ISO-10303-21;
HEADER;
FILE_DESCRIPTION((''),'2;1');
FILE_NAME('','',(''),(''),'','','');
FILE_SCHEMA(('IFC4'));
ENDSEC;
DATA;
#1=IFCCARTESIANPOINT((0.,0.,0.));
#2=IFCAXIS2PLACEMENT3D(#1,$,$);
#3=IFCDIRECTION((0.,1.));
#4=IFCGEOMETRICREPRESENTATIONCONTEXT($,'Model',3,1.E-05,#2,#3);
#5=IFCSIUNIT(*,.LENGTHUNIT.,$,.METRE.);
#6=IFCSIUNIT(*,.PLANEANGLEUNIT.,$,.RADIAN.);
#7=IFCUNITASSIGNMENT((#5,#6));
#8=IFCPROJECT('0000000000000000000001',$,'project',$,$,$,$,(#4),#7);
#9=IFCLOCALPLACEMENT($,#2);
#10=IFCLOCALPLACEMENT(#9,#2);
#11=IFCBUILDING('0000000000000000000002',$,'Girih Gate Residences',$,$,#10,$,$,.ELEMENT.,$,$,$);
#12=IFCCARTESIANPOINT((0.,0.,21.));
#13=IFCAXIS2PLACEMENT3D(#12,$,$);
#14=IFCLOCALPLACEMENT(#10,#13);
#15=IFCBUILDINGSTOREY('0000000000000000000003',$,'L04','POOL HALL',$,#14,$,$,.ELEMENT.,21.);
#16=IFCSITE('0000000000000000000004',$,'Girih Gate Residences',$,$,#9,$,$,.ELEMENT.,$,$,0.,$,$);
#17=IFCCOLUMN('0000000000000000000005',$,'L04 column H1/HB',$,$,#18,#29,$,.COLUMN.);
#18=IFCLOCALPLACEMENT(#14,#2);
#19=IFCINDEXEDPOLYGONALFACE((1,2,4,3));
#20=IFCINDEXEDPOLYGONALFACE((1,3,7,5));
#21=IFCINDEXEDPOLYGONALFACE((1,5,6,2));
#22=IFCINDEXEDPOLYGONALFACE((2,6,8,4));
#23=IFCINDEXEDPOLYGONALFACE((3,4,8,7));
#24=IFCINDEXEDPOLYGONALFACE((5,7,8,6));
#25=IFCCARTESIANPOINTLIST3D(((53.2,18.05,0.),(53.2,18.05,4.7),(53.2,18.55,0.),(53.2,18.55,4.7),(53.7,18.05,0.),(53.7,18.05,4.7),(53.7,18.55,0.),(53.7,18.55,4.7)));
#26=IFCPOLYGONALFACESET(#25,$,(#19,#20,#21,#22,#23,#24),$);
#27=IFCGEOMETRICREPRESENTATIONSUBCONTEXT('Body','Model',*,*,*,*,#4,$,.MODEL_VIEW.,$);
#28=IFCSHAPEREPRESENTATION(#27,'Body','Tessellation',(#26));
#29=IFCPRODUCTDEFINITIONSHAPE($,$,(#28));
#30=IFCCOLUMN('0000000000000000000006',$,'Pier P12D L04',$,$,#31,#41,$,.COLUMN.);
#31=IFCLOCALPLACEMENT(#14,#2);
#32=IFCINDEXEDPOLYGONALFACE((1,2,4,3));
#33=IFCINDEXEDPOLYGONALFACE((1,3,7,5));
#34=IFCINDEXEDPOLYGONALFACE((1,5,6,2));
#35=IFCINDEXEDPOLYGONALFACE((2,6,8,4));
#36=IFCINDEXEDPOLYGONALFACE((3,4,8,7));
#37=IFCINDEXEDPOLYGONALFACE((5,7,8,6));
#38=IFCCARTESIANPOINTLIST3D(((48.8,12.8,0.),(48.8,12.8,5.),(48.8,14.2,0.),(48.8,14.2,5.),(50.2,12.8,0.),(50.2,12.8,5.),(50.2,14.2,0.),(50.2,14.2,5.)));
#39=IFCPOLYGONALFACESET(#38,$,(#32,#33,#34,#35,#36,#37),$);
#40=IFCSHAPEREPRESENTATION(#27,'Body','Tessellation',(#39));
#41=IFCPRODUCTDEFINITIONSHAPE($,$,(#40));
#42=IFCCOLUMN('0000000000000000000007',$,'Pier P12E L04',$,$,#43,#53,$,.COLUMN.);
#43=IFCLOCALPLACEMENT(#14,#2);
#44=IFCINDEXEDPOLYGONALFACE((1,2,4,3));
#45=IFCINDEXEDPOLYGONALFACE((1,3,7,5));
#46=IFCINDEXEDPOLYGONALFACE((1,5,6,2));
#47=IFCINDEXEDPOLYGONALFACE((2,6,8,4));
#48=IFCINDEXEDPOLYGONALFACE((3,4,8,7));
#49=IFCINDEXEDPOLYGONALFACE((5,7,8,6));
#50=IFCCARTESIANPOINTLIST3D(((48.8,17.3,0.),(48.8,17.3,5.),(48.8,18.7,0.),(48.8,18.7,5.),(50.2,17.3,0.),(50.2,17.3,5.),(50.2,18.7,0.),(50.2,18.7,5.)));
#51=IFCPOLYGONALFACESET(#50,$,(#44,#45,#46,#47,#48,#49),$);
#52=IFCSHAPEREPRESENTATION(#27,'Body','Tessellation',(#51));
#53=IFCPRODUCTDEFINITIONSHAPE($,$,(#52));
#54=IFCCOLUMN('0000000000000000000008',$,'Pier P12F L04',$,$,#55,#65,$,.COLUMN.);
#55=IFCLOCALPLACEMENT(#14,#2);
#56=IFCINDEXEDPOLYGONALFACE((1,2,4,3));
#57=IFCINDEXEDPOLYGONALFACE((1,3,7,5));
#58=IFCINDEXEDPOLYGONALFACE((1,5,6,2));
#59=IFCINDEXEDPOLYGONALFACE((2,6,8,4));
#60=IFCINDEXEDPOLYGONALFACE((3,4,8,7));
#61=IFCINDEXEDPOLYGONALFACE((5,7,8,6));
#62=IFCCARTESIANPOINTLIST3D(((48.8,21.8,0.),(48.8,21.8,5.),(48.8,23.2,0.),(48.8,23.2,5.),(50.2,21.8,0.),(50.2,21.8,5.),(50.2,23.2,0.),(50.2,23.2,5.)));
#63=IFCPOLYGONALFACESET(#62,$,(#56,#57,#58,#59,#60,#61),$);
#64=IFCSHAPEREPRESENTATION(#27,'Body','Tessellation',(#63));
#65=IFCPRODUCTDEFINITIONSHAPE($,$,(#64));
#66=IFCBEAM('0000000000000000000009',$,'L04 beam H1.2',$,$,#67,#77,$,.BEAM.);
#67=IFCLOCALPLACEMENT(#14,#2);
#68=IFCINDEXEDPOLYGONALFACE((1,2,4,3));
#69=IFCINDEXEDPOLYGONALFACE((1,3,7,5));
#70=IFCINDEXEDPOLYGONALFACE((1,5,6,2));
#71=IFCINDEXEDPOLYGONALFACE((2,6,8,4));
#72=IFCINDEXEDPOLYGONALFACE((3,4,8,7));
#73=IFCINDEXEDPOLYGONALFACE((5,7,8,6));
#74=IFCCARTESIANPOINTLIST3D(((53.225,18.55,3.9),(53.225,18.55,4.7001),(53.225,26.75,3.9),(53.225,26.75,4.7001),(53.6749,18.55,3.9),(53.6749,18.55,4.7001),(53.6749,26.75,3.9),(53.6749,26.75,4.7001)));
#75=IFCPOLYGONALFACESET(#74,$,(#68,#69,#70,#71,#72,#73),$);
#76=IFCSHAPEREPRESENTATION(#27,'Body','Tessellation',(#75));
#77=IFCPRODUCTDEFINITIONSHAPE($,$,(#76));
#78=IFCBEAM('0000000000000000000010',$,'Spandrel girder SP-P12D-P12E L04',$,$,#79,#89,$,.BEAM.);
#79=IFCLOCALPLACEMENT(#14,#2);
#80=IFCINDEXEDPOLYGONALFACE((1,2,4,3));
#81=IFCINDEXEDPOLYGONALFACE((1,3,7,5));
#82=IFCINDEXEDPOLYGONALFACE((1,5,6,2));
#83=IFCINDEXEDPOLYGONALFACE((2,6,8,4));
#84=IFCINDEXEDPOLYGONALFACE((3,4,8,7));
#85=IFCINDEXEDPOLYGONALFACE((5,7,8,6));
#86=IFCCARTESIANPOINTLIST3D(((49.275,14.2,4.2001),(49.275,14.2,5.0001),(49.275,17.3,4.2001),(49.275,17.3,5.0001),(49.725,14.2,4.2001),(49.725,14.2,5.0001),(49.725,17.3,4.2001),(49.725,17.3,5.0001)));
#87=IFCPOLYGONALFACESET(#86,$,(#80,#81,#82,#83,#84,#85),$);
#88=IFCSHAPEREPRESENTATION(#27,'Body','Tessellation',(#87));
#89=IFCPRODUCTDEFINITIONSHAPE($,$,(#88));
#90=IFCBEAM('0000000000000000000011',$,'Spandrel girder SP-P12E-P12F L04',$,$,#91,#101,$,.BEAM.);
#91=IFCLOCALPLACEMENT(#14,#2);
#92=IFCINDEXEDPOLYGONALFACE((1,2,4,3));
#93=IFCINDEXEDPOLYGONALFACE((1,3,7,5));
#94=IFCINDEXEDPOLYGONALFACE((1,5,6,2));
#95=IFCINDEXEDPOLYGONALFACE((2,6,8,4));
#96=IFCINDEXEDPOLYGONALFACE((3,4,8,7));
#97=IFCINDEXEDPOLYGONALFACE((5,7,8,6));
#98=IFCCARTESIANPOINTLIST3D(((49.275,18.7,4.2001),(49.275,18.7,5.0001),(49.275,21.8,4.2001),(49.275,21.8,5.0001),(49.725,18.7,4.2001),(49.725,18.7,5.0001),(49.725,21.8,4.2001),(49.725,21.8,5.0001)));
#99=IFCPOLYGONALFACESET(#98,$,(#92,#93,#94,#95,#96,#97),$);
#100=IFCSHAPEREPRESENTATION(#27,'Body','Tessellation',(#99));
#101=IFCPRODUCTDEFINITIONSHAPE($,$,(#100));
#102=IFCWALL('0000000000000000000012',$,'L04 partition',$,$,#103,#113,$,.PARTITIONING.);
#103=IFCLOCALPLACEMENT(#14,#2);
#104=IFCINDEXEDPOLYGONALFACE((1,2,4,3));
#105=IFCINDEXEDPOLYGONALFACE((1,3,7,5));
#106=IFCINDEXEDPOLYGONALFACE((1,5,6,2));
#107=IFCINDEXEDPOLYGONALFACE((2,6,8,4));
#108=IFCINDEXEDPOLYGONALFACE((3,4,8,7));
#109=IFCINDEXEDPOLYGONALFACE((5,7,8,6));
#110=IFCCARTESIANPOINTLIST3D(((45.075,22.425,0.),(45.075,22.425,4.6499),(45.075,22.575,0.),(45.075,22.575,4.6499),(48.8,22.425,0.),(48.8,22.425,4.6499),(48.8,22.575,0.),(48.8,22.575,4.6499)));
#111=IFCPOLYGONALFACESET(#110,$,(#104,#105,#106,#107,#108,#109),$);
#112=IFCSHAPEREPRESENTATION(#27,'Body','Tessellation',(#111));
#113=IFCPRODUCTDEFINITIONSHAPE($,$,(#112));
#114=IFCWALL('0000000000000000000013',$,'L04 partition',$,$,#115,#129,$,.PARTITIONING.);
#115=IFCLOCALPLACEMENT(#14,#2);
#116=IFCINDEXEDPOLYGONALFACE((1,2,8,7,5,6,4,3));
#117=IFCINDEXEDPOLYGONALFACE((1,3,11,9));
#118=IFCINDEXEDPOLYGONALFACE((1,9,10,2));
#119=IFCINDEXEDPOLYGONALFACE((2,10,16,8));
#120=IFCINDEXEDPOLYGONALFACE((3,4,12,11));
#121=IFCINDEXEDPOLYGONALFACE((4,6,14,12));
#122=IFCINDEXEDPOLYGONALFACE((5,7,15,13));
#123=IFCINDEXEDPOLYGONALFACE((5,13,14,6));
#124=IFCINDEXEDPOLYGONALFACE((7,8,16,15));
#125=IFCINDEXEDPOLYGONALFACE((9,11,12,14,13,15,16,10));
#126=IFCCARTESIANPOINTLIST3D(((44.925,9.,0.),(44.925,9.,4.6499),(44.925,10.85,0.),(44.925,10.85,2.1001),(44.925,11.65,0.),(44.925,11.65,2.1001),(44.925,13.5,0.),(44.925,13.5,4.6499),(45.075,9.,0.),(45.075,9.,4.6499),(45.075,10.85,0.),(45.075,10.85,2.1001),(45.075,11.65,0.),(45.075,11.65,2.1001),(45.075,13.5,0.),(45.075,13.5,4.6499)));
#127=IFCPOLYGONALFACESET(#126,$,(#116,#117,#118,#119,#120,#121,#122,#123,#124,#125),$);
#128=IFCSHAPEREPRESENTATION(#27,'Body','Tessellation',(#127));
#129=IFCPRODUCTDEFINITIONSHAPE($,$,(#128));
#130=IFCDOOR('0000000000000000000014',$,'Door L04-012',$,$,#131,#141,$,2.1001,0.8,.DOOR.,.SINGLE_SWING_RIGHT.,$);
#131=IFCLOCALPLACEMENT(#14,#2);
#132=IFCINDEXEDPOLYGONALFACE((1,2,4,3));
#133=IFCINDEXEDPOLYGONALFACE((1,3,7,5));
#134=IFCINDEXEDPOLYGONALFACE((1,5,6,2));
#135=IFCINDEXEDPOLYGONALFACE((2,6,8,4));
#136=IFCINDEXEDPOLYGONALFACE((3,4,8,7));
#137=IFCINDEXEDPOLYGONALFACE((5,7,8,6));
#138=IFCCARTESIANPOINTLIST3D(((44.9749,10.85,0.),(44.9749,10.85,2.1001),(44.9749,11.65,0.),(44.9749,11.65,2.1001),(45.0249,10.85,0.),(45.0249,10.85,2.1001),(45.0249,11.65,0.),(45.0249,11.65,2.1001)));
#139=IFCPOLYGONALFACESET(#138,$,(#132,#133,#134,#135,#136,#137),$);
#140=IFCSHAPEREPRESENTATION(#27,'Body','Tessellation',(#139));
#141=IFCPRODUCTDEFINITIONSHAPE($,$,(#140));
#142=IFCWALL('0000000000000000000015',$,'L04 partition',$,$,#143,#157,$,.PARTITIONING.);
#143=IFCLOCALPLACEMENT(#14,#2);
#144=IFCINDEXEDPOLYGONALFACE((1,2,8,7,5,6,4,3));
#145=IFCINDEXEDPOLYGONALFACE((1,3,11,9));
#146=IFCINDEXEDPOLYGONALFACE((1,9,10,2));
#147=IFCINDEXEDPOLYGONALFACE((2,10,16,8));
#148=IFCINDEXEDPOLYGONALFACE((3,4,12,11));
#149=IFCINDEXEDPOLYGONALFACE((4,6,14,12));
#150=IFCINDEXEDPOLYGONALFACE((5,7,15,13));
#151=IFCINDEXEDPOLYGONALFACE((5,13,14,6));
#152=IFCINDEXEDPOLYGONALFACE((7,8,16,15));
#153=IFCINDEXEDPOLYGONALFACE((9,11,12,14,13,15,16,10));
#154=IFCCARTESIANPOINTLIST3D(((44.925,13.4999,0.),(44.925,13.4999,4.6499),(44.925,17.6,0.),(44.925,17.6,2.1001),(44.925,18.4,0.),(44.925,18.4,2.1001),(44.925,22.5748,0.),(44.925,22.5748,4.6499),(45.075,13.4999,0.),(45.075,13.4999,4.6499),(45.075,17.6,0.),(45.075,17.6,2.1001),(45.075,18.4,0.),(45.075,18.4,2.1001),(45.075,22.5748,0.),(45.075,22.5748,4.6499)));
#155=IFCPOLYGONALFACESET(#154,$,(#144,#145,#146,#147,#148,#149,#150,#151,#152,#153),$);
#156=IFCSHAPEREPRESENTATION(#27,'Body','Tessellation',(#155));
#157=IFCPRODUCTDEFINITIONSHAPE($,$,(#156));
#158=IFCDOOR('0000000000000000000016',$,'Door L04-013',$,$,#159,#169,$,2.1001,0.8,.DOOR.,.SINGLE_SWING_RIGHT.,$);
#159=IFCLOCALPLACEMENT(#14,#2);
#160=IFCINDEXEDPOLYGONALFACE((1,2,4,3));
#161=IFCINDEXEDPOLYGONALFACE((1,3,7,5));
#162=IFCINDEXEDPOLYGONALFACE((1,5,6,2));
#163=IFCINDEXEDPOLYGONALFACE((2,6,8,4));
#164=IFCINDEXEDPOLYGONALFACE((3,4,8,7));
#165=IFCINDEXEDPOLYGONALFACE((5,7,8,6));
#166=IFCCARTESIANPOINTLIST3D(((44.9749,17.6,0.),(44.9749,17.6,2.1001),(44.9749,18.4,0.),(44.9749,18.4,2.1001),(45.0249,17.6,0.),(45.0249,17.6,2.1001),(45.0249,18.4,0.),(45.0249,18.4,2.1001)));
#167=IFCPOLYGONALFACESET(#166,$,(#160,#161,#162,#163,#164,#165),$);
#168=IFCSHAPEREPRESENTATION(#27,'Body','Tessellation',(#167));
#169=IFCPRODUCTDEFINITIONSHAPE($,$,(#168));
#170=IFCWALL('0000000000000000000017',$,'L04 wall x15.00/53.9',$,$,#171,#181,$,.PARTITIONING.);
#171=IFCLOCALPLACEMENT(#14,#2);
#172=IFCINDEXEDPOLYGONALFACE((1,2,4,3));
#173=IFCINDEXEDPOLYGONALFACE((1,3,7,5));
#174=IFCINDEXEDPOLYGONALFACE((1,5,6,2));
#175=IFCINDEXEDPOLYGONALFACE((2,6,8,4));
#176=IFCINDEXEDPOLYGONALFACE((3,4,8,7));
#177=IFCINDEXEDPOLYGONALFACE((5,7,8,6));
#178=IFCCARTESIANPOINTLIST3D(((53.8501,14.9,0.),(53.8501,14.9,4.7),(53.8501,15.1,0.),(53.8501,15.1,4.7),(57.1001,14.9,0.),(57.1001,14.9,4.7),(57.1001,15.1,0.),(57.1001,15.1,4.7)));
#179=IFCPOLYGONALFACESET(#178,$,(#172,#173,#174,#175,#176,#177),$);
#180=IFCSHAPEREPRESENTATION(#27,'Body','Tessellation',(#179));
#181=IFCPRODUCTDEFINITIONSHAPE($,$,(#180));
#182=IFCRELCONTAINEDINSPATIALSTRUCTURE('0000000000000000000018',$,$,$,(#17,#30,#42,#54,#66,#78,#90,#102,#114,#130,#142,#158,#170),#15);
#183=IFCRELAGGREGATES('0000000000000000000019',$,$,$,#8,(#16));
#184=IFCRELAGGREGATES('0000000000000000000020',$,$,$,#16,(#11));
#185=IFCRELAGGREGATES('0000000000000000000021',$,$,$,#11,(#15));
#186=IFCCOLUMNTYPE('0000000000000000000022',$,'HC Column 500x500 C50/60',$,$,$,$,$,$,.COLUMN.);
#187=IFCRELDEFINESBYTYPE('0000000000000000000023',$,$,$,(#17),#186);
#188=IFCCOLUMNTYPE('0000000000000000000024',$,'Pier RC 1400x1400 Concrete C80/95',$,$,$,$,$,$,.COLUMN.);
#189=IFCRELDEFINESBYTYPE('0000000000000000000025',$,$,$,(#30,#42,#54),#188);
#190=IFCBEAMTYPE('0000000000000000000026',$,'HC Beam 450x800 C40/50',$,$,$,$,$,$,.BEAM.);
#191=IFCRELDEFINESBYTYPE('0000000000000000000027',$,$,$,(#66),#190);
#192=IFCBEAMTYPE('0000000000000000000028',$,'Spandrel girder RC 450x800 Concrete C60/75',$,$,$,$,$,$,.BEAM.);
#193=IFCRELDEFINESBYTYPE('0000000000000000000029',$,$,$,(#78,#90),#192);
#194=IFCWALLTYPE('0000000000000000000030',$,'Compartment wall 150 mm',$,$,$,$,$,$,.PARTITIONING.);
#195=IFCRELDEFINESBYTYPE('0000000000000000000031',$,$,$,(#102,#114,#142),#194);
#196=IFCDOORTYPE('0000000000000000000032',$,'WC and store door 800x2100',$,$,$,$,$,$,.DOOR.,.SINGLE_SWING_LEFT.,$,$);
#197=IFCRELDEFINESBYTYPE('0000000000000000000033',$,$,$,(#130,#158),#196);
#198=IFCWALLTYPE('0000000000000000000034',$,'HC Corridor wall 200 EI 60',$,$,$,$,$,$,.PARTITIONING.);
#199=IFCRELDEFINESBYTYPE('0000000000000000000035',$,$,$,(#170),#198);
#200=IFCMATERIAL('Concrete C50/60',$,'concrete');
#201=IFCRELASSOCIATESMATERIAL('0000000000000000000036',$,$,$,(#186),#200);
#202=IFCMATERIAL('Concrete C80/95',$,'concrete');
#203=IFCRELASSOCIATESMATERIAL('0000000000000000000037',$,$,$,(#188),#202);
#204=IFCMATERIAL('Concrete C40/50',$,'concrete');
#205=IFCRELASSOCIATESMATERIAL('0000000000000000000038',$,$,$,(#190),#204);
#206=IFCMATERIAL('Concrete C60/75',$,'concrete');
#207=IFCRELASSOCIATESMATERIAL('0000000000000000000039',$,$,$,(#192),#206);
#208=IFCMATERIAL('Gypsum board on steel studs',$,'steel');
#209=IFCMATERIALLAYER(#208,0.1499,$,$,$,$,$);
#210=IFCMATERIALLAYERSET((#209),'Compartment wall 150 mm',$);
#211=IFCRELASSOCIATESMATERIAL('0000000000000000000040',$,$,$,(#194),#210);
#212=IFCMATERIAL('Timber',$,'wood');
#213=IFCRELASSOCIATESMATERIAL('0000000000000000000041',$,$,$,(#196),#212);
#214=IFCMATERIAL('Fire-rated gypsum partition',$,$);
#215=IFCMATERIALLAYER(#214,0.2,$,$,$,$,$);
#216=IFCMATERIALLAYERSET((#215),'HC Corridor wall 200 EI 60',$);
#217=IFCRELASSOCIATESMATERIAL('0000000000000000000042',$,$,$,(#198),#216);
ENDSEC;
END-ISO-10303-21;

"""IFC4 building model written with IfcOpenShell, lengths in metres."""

from ifc_helpers import new_model, si_unit, direction, frame, frame_2d, origin, origin_2d, place, context, subcontext, project, spatial, rectangle, extrude, material, layer, layer_set, material_profile, profile_set, type_object, element, fill, save


model = new_model("IFC4")

# Units and contexts
model_context = context("Model", 3, precision=1e-05, world=origin(), true_north=direction((0.0, 1.0)))
body_context = subcontext(model_context, "Body", "Model", "MODEL_VIEW")
ifc_project = project(units=[si_unit("LENGTHUNIT", "METRE"), si_unit("PLANEANGLEUNIT", "RADIAN")], contexts=[model_context])

# Site, building, storey
site_placement = place(None, origin())
site = spatial("IfcSite", under=ifc_project, at=site_placement, Name="Girih Gate Residences", CompositionType="ELEMENT", RefElevation=0.0)
building_placement = place(site_placement, origin())
building = spatial("IfcBuilding", under=site, at=building_placement, Name="Girih Gate Residences", CompositionType="ELEMENT")
storey_placement = place(building_placement, frame((0.0, 0.0, 21.0)))
storey = spatial("IfcBuildingStorey", under=building, at=storey_placement, Name="L04", Description="POOL HALL", CompositionType="ELEMENT", Elevation=21.0)

# Columns
ifc_material_1 = material(Name="Concrete C50/60", Category="concrete")
ifc_material_profile_1 = material_profile(ifc_material_1, rectangle(XDim=0.5, YDim=0.5, at=origin_2d()))
ifc_profile_set_1 = profile_set([ifc_material_profile_1], Name="Concrete C50/60")
column_type_1 = type_object("IfcColumnType", Name="HC Column 500x500 C50/60", PredefinedType="COLUMN", material=ifc_profile_set_1)
column_placement = place(storey_placement, frame((53.45, 18.3, 0.0), z_axis=(0.0, 0.0, 1.0), x_axis=(1.0, 0.0, 0.0)))
element("IfcColumn", 1, at=column_placement, inside=storey, type_object=column_type_1, Name="L04 column H1/HB", PredefinedType="COLUMN", context=body_context, shape_type="SweptSolid", body=[
    extrude(rectangle(XDim=0.5, YDim=0.5, at=origin_2d()), origin(), (0.0, 0.0, 1.0), 4.7),
])
ifc_material_2 = material(Name="Concrete C80/95", Category="concrete")
ifc_material_profile_2 = material_profile(ifc_material_2, rectangle(XDim=1.3999, YDim=1.3999, at=origin_2d()))
ifc_profile_set_2 = profile_set([ifc_material_profile_2], Name="Concrete C80/95")
column_type_2 = type_object("IfcColumnType", Name="Pier RC 1400x1400 Concrete C80/95", PredefinedType="COLUMN", material=ifc_profile_set_2)
for number, where, z_axis, x_axis, name in (
    (2, (49.5, 13.5, 0.0), (0.0, 0.0, 1.0), (1.0, 0.0, 0.0), "Pier P12D L04"),
    (3, (49.5, 18.0, 0.0), (0.0, 0.0, 1.0), (1.0, 0.0, 0.0), "Pier P12E L04"),
    (4, (49.5, 22.5, 0.0), (0.0, 0.0, 1.0), (1.0, 0.0, 0.0), "Pier P12F L04"),
):
    element("IfcColumn", number, at=place(storey_placement, frame(where, z_axis=z_axis, x_axis=x_axis)), inside=storey, type_object=column_type_2, Name=name, PredefinedType="COLUMN", context=body_context, shape_type="SweptSolid", body=[
        extrude(rectangle(XDim=1.3999, YDim=1.3999, at=origin_2d()), origin(), (0.0, 0.0, 1.0), 5.0),
    ])

# Beams
ifc_material_3 = material(Name="Concrete C40/50", Category="concrete")
ifc_material_profile_3 = material_profile(ifc_material_3, rectangle(XDim=0.45, YDim=0.8, at=origin_2d()))
ifc_profile_set_3 = profile_set([ifc_material_profile_3], Name="Concrete C40/50")
beam_type_1 = type_object("IfcBeamType", Name="HC Beam 450x800 C40/50", PredefinedType="BEAM", material=ifc_profile_set_3)
beam_placement = place(storey_placement, frame((53.45, 18.55, 4.3), z_axis=(0.0, 1.0, 0.0), x_axis=(-1.0, 0.0, 0.0)))
element("IfcBeam", 5, at=beam_placement, inside=storey, type_object=beam_type_1, Name="L04 beam H1.2", PredefinedType="BEAM", context=body_context, shape_type="SweptSolid", body=[
    extrude(rectangle(XDim=0.45, YDim=0.8, at=origin_2d()), origin(), (0.0, 0.0, 1.0), 8.2),
])
ifc_material_4 = material(Name="Concrete C60/75", Category="concrete")
ifc_material_profile_4 = material_profile(ifc_material_4, rectangle(XDim=0.45, YDim=0.8, at=origin_2d()))
ifc_profile_set_4 = profile_set([ifc_material_profile_4], Name="Concrete C60/75")
beam_type_2 = type_object("IfcBeamType", Name="Spandrel girder RC 450x800 Concrete C60/75", PredefinedType="BEAM", material=ifc_profile_set_4)
for number, where, z_axis, x_axis, name in (
    (6, (49.5, 14.2, 4.6001), (0.0, 1.0, 0.0), (-1.0, 0.0, 0.0), "Spandrel girder SP-P12D-P12E L04"),
    (7, (49.5, 18.7, 4.6001), (0.0, 1.0, 0.0), (-1.0, 0.0, 0.0), "Spandrel girder SP-P12E-P12F L04"),
):
    element("IfcBeam", number, at=place(storey_placement, frame(where, z_axis=z_axis, x_axis=x_axis)), inside=storey, type_object=beam_type_2, Name=name, PredefinedType="BEAM", context=body_context, shape_type="SweptSolid", body=[
        extrude(rectangle(XDim=0.45, YDim=0.8, at=origin_2d()), origin(), (0.0, 0.0, 1.0), 3.1001),
    ])

# Wall
ifc_material_5 = material(Name="Gypsum board on steel studs", Category="steel")
ifc_layer_1 = layer(ifc_material_5, 0.1499)
ifc_layer_set_1 = layer_set([ifc_layer_1], Name="Compartment wall 150 mm")
wall_type_1 = type_object("IfcWallType", Name="Compartment wall 150 mm", PredefinedType="PARTITIONING", material=ifc_layer_set_1)
wall_1_placement = place(storey_placement, frame((45.075, 22.5, 0.0), z_axis=(0.0, 0.0, 1.0), x_axis=(1.0, 0.0, 0.0)))
element("IfcWall", 8, at=wall_1_placement, inside=storey, type_object=wall_type_1, Name="L04 partition", PredefinedType="PARTITIONING", context=body_context, shape_type="SweptSolid", body=[
    extrude(rectangle(XDim=3.7251, YDim=0.1499, at=frame_2d((1.8625, 0.0))), origin(), (0.0, 0.0, 1.0), 4.6499),
])

# Walls, openings, doors
wall_2_placement = place(storey_placement, frame((45.0, 13.5, 0.0), z_axis=(0.0, 0.0, 1.0), x_axis=(0.0, -1.0, 0.0)))
wall_2 = element("IfcWall", 9, at=wall_2_placement, inside=storey, type_object=wall_type_1, Name="L04 partition", PredefinedType="PARTITIONING", context=body_context, shape_type="SweptSolid", body=[
    extrude(rectangle(XDim=4.5, YDim=0.1499, at=frame_2d((2.25, 0.0))), origin(), (0.0, 0.0, 1.0), 4.6499),
])
opening_1_placement = place(wall_2_placement, frame((1.8501, 0.0, 0.0)))
opening_1 = element("IfcOpeningElement", 10, at=opening_1_placement, cuts=wall_2, PredefinedType="OPENING", context=body_context, shape_type="SweptSolid", body=[
    extrude(rectangle(XDim=0.8, YDim=2.1001, at=frame_2d((0.3999, 1.05))), frame((0.0, 0.085, 0.0), z_axis=(0.0, -1.0, 0.0), x_axis=(1.0, 0.0, 0.0)), (0.0, 0.0, 1.0), 0.1699),
])
ifc_material_6 = material(Name="Timber", Category="wood")
door_type = type_object("IfcDoorType", Name="WC and store door 800x2100", OperationType="SINGLE_SWING_LEFT", PredefinedType="DOOR", material=ifc_material_6)
door_1_placement = place(opening_1_placement, origin())
door_1 = element("IfcDoor", 11, at=door_1_placement, inside=storey, type_object=door_type, Name="Door L04-012", OperationType="SINGLE_SWING_RIGHT", OverallHeight=2.1001, OverallWidth=0.8, PredefinedType="DOOR", context=body_context, shape_type="SweptSolid", body=[
    extrude(rectangle(XDim=0.8, YDim=2.1001, at=frame_2d((0.3999, 1.05))), frame((0.0, 0.0249, 0.0), z_axis=(0.0, -1.0, 0.0), x_axis=(1.0, 0.0, 0.0)), (0.0, 0.0, 1.0), 0.05),
])
fill(opening_1, door_1)
wall_3_placement = place(storey_placement, frame((45.0, 22.575, 0.0), z_axis=(0.0, 0.0, 1.0), x_axis=(0.0, -1.0, 0.0)))
wall_3 = element("IfcWall", 12, at=wall_3_placement, inside=storey, type_object=wall_type_1, Name="L04 partition", PredefinedType="PARTITIONING", context=body_context, shape_type="SweptSolid", body=[
    extrude(rectangle(XDim=9.075, YDim=0.1499, at=frame_2d((4.5376, 0.0))), origin(), (0.0, 0.0, 1.0), 4.6499),
])
opening_2_placement = place(wall_3_placement, frame((4.175, 0.0, 0.0)))
opening_2 = element("IfcOpeningElement", 13, at=opening_2_placement, cuts=wall_3, PredefinedType="OPENING", context=body_context, shape_type="SweptSolid", body=[
    extrude(rectangle(XDim=0.8, YDim=2.1001, at=frame_2d((0.3999, 1.05))), frame((0.0, 0.085, 0.0), z_axis=(0.0, -1.0, 0.0), x_axis=(1.0, 0.0, 0.0)), (0.0, 0.0, 1.0), 0.1699),
])
door_2_placement = place(opening_2_placement, origin())
door_2 = element("IfcDoor", 14, at=door_2_placement, inside=storey, type_object=door_type, Name="Door L04-013", OperationType="SINGLE_SWING_RIGHT", OverallHeight=2.1001, OverallWidth=0.8, PredefinedType="DOOR", context=body_context, shape_type="SweptSolid", body=[
    extrude(rectangle(XDim=0.8, YDim=2.1001, at=frame_2d((0.3999, 1.05))), frame((0.0, 0.0249, 0.0), z_axis=(0.0, -1.0, 0.0), x_axis=(1.0, 0.0, 0.0)), (0.0, 0.0, 1.0), 0.05),
])
fill(opening_2, door_2)

# Wall
ifc_material_7 = material(Name="Fire-rated gypsum partition")
ifc_layer_2 = layer(ifc_material_7, 0.2)
ifc_layer_set_2 = layer_set([ifc_layer_2], Name="HC Corridor wall 200 EI 60")
wall_type_2 = type_object("IfcWallType", Name="HC Corridor wall 200 EI 60", PredefinedType="PARTITIONING", material=ifc_layer_set_2)
wall_4_placement = place(storey_placement, frame((53.8501, 15.0, 0.0), z_axis=(0.0, 0.0, 1.0), x_axis=(1.0, 0.0, 0.0)))
element("IfcWall", 15, at=wall_4_placement, inside=storey, type_object=wall_type_2, Name="L04 wall x15.00/53.9", PredefinedType="PARTITIONING", context=body_context, shape_type="SweptSolid", body=[
    extrude(rectangle(XDim=3.25, YDim=0.2, at=frame_2d((1.625, 0.0))), origin(), (0.0, 0.0, 1.0), 4.7),
])

save(model, "model.ifc")
